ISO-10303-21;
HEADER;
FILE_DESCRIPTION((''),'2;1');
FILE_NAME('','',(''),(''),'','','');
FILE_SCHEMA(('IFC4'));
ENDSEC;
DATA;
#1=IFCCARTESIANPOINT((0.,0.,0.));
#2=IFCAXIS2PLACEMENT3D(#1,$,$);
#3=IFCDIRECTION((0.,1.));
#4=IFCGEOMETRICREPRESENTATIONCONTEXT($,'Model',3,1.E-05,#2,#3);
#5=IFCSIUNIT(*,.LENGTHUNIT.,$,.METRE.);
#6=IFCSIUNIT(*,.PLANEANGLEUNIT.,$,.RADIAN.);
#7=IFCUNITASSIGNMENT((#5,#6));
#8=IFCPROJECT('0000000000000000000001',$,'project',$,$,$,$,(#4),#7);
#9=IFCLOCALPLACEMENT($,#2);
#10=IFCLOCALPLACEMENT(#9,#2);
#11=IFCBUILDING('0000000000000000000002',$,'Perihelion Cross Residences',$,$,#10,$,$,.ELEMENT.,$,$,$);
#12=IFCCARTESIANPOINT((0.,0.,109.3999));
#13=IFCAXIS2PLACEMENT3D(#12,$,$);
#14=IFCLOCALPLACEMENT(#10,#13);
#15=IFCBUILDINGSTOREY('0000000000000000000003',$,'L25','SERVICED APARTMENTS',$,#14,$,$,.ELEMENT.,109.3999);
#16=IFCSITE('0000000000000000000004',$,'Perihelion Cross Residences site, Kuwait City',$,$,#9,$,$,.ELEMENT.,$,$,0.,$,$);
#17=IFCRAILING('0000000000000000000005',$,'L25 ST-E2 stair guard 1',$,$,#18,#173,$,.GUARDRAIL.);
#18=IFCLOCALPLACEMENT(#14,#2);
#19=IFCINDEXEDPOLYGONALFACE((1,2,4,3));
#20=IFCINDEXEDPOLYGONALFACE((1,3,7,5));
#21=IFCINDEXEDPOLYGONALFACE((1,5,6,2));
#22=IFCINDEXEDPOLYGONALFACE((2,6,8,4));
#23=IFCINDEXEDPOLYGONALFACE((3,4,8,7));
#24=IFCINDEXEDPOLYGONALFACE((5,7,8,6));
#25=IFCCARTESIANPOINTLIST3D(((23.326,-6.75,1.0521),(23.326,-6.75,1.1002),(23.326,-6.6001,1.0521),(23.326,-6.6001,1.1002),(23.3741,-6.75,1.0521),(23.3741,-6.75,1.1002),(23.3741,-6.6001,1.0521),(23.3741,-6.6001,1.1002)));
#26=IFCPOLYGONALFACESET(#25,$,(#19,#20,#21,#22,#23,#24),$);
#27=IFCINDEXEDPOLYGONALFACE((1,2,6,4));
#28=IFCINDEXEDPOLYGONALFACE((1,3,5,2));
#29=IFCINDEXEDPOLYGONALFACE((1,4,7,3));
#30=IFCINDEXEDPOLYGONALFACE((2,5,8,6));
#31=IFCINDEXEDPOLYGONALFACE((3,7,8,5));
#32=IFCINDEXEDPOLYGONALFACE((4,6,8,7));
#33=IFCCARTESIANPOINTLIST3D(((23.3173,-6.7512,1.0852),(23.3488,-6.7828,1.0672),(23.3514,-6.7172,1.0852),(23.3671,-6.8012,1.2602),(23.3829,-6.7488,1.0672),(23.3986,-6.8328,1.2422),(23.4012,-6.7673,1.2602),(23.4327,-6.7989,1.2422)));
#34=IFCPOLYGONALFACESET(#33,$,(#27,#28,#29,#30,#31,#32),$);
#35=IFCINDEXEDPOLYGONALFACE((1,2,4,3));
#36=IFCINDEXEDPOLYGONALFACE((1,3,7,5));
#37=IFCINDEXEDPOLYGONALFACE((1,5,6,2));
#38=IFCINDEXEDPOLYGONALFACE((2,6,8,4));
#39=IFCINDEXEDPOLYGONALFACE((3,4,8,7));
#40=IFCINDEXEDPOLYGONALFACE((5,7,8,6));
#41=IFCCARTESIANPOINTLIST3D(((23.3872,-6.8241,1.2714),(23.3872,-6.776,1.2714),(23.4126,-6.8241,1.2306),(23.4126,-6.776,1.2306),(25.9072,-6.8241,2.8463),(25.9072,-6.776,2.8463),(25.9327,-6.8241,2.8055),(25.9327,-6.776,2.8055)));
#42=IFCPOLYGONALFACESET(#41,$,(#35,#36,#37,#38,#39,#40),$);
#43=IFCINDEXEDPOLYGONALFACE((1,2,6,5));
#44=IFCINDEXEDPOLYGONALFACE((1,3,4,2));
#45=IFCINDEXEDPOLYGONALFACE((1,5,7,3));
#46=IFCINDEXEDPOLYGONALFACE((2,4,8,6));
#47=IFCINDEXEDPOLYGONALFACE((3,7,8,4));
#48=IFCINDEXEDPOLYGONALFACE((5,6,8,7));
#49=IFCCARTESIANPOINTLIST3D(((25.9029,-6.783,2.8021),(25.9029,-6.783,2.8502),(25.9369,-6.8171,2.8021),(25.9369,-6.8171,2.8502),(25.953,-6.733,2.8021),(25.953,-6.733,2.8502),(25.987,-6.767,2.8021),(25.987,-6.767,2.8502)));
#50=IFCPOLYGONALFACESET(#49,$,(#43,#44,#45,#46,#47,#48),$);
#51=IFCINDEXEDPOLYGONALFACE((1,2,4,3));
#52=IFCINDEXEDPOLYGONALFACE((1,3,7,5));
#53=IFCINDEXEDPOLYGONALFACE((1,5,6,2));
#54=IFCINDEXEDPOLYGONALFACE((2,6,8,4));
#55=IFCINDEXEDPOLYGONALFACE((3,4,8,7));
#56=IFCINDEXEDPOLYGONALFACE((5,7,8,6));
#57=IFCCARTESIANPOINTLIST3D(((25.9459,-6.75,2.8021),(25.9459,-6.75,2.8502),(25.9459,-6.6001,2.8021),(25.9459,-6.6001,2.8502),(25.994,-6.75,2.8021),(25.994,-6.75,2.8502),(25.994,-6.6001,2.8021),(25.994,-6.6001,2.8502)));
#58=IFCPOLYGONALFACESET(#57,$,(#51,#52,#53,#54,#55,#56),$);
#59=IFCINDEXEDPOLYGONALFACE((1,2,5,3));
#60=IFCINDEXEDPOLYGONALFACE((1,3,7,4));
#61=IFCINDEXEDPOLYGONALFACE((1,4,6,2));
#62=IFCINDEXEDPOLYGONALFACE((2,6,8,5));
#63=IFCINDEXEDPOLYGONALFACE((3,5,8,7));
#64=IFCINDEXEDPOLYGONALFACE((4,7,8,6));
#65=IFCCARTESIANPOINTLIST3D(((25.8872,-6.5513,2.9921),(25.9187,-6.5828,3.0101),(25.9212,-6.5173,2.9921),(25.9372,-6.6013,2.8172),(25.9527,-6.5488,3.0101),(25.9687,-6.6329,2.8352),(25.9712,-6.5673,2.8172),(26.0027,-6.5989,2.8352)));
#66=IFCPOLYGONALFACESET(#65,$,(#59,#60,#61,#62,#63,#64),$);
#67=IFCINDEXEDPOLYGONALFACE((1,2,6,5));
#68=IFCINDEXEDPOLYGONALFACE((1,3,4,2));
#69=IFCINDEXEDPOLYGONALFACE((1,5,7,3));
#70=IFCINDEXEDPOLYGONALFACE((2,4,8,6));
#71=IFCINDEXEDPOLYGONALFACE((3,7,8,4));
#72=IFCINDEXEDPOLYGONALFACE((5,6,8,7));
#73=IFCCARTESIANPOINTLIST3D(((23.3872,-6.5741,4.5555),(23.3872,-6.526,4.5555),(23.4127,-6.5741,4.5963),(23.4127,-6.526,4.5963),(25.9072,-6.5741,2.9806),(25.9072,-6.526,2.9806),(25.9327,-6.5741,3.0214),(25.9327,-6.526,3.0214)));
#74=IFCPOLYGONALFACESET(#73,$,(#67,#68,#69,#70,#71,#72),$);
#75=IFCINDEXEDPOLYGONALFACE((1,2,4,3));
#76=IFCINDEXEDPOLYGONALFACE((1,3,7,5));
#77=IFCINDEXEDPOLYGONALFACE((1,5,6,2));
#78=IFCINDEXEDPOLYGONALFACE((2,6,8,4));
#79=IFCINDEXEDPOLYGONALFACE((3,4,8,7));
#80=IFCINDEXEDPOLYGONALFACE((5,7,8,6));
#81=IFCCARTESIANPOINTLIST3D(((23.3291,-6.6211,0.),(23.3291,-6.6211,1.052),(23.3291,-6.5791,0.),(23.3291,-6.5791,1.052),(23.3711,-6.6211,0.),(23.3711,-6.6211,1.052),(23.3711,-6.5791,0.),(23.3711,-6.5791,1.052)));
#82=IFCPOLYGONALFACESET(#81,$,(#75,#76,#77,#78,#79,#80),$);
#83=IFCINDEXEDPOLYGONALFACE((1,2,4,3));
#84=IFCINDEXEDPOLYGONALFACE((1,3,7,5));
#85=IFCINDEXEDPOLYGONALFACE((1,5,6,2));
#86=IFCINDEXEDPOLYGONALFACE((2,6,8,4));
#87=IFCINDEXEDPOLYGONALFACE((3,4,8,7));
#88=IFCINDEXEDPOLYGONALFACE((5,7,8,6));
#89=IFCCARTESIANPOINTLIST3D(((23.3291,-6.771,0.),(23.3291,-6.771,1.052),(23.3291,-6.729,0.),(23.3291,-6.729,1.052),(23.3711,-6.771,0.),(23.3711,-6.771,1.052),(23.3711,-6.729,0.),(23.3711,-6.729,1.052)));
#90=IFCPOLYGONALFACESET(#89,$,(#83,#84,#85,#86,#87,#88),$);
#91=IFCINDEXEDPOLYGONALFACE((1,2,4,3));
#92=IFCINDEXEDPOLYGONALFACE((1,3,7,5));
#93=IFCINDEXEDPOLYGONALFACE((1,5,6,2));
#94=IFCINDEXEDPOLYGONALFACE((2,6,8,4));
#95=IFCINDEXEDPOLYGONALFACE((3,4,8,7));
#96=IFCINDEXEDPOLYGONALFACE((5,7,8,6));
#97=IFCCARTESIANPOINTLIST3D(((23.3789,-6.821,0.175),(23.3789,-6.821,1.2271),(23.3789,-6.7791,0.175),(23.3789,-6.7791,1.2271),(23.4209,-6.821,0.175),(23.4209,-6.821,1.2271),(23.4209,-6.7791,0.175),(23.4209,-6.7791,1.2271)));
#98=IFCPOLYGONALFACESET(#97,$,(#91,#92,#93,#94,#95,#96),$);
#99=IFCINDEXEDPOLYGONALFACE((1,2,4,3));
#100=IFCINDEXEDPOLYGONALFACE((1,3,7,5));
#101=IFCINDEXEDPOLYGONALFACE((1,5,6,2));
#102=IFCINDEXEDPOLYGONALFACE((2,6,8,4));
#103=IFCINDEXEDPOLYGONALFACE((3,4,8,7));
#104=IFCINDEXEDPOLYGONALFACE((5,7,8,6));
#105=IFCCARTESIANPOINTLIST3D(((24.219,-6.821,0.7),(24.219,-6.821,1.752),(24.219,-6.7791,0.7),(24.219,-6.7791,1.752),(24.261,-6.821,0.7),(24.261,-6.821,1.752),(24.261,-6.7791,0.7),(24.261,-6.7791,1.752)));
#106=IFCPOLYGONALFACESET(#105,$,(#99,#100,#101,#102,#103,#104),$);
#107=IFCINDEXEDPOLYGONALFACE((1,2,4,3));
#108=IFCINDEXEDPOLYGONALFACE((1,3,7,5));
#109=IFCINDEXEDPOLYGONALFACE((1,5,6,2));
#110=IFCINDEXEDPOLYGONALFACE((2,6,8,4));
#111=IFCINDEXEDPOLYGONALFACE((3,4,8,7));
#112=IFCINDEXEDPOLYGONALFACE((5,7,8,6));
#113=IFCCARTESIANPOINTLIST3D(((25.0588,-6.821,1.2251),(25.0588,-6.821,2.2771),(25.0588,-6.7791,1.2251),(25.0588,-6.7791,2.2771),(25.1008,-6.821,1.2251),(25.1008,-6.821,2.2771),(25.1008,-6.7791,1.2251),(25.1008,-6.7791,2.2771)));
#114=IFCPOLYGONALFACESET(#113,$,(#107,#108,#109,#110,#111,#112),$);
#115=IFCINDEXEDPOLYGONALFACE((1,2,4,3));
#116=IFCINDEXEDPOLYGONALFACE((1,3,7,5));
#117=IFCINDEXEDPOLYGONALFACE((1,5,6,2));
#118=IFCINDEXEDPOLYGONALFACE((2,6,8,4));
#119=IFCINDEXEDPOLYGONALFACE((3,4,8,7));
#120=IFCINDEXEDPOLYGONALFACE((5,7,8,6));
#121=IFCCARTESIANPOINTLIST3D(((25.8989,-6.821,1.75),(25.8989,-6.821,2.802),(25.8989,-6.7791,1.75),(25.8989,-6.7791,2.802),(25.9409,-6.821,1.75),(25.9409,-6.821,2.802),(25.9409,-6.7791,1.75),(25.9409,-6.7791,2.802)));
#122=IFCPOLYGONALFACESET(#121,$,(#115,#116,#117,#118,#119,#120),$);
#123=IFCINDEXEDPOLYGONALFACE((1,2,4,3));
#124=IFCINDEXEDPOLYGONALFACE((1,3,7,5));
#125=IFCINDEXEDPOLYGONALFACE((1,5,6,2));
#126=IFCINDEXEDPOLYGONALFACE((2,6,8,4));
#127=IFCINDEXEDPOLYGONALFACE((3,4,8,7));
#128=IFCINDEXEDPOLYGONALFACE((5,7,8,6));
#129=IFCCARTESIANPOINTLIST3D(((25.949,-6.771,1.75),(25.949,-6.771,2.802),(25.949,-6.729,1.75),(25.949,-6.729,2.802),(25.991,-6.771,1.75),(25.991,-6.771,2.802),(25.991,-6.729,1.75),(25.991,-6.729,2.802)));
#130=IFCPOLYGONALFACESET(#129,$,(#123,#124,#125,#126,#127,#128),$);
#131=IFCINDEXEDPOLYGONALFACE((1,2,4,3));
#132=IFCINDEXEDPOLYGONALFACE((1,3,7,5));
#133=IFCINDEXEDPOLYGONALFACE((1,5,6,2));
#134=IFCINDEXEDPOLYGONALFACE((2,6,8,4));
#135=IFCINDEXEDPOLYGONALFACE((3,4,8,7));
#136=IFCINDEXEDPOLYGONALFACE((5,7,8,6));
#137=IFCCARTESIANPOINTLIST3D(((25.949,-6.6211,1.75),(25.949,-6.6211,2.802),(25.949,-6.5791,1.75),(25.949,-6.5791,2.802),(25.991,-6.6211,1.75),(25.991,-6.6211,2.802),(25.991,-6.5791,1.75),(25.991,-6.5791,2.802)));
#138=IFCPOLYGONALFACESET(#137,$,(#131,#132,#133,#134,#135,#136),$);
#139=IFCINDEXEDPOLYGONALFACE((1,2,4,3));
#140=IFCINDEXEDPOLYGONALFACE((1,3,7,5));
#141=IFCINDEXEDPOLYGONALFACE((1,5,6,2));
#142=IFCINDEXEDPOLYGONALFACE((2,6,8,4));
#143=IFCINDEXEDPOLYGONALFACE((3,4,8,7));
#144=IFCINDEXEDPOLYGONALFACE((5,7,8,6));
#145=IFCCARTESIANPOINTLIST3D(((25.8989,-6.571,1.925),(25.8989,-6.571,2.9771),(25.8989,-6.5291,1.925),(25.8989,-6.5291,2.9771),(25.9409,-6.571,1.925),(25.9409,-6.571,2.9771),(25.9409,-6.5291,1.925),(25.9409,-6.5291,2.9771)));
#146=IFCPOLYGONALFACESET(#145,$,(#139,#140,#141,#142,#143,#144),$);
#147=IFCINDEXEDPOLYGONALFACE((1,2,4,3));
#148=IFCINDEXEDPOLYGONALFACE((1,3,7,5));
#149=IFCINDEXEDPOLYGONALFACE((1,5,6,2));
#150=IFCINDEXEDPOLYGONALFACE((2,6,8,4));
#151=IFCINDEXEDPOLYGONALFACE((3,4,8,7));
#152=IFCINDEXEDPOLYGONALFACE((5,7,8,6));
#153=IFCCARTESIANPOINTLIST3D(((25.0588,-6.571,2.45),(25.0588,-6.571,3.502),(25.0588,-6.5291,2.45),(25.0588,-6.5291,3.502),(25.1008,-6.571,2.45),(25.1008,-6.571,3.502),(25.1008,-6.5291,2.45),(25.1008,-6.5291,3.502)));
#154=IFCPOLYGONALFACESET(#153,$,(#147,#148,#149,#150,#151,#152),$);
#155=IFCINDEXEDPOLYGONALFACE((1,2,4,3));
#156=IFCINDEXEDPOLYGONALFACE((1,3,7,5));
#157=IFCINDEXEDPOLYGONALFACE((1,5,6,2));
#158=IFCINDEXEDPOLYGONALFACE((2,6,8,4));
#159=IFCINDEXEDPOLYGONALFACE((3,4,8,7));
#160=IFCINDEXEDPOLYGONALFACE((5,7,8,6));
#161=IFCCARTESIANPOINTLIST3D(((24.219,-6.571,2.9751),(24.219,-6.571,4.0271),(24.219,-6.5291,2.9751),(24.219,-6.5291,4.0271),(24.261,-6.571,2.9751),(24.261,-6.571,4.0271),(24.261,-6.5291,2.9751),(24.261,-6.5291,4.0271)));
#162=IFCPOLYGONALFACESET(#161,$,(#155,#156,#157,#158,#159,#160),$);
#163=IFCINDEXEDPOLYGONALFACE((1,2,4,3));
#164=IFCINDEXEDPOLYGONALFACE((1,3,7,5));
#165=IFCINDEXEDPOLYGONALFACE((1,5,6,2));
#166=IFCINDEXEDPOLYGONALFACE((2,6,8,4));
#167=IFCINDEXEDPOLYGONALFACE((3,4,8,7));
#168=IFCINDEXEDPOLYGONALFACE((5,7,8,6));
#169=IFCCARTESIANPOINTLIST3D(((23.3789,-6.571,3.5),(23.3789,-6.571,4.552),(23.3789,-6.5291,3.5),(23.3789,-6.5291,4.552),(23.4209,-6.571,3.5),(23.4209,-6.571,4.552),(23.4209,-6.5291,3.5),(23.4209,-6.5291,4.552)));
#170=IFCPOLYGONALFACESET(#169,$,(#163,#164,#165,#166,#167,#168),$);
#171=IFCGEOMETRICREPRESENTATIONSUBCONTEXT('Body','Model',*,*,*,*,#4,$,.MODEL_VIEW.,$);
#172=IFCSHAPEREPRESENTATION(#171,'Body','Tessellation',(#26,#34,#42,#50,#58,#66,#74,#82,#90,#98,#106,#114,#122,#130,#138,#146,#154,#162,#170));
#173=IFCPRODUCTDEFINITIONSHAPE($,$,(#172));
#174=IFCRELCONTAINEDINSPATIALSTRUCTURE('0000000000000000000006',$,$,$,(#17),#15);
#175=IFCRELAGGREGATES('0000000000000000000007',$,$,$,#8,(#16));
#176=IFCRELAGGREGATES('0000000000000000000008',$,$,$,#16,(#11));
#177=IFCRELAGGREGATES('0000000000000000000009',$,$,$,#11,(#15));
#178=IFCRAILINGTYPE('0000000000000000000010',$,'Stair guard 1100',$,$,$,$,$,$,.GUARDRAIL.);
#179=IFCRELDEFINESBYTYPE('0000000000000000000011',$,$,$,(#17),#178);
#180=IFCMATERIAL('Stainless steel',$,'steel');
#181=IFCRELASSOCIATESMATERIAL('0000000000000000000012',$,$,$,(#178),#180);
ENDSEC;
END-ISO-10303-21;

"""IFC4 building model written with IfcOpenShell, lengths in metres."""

from ifc_helpers import new_model, si_unit, direction, frame, origin, origin_2d, place, context, subcontext, project, spatial, rectangle, extrude, material, type_object, element, save


model = new_model("IFC4")

# Units and contexts
model_context = context("Model", 3, precision=1e-05, world=origin(), true_north=direction((0.0, 1.0)))
body_context = subcontext(model_context, "Body", "Model", "MODEL_VIEW")
ifc_project = project(units=[si_unit("LENGTHUNIT", "METRE"), si_unit("PLANEANGLEUNIT", "RADIAN")], contexts=[model_context])

# Site, building, storey
site_placement = place(None, origin())
site = spatial("IfcSite", under=ifc_project, at=site_placement, Name="Perihelion Cross Residences site, Kuwait City", CompositionType="ELEMENT", RefElevation=0.0)
building_placement = place(site_placement, origin())
building = spatial("IfcBuilding", under=site, at=building_placement, Name="Perihelion Cross Residences", CompositionType="ELEMENT")
storey_placement = place(building_placement, frame((0.0, 0.0, 109.3999)))
storey = spatial("IfcBuildingStorey", under=building, at=storey_placement, Name="L25", Description="SERVICED APARTMENTS", CompositionType="ELEMENT", Elevation=109.3999)

# Railing
ifc_material_1 = material(Name="Stainless steel", Category="steel")
railing_type_1 = type_object("IfcRailingType", Name="Stair guard 1100", PredefinedType="GUARDRAIL", material=ifc_material_1)
railing_1_placement = place(storey_placement, frame((23.3501, -6.6001, 0.0)))
element("IfcRailing", 1, at=railing_1_placement, inside=storey, type_object=railing_type_1, Name="L25 ST-E2 stair guard 1", PredefinedType="GUARDRAIL", context=body_context, shape_type="SweptSolid", body=[
    extrude(rectangle(XDim=0.0481, YDim=0.0481, at=origin_2d()), frame((0.0, 0.0, 1.0762), z_axis=(0.0, -1.0, 0.0), x_axis=(1.0, 0.0, 0.0)), (0.0, 0.0, 1.0), 0.1499),
    extrude(rectangle(XDim=0.0481, YDim=0.0481, at=origin_2d()), frame((0.0, -0.1499, 1.0762), z_axis=(0.263862, -0.265156, 0.927399), x_axis=(0.708834, 0.705376, 0.0)), (0.0, 0.0, 1.0), 0.1887),
    extrude(rectangle(XDim=0.0481, YDim=0.0481, at=origin_2d()), frame((0.0498, -0.2, 1.251), z_axis=(0.848008, 0.0, 0.529984), x_axis=(0.0, 1.0, 0.0)), (0.0, 0.0, 1.0), 2.9717),
    extrude(rectangle(XDim=0.0481, YDim=0.0481, at=origin_2d()), frame((2.5698, -0.2, 2.8262), z_axis=(0.707107, 0.707107, 0.0), x_axis=(-0.707107, 0.707107, 0.0)), (0.0, 0.0, 1.0), 0.0708),
    extrude(rectangle(XDim=0.0481, YDim=0.0481, at=origin_2d()), frame((2.6199, -0.1499, 2.8262), z_axis=(0.0, 1.0, 0.0), x_axis=(-1.0, 0.0, 0.0)), (0.0, 0.0, 1.0), 0.1499),
    extrude(rectangle(XDim=0.0481, YDim=0.0481, at=origin_2d()), frame((2.6199, 0.0, 2.8262), z_axis=(-0.265065, 0.265065, 0.927082), x_axis=(-0.707107, -0.707107, 0.0)), (0.0, 0.0, 1.0), 0.1887),
    extrude(rectangle(XDim=0.0481, YDim=0.0481, at=origin_2d()), frame((2.5698, 0.05, 3.001), z_axis=(-0.848008, 0.0, 0.529984), x_axis=(0.0, -1.0, 0.0)), (0.0, 0.0, 1.0), 2.9717),
    extrude(rectangle(XDim=0.042, YDim=0.042, at=origin_2d()), origin(), (0.0, 0.0, 1.0), 1.052),
    extrude(rectangle(XDim=0.042, YDim=0.042, at=origin_2d()), frame((0.0, -0.1499, 0.0)), (0.0, 0.0, 1.0), 1.052),
    extrude(rectangle(XDim=0.042, YDim=0.042, at=origin_2d()), frame((0.0498, -0.2, 0.175)), (0.0, 0.0, 1.0), 1.052),
    extrude(rectangle(XDim=0.042, YDim=0.042, at=origin_2d()), frame((0.8899, -0.2, 0.7)), (0.0, 0.0, 1.0), 1.052),
    extrude(rectangle(XDim=0.042, YDim=0.042, at=origin_2d()), frame((1.7297, -0.2, 1.2251)), (0.0, 0.0, 1.0), 1.052),
    extrude(rectangle(XDim=0.042, YDim=0.042, at=origin_2d()), frame((2.5698, -0.2, 1.75)), (0.0, 0.0, 1.0), 1.052),
    extrude(rectangle(XDim=0.042, YDim=0.042, at=origin_2d()), frame((2.6199, -0.1499, 1.75)), (0.0, 0.0, 1.0), 1.052),
    extrude(rectangle(XDim=0.042, YDim=0.042, at=origin_2d()), frame((2.6199, 0.0, 1.75)), (0.0, 0.0, 1.0), 1.052),
    extrude(rectangle(XDim=0.042, YDim=0.042, at=origin_2d()), frame((2.5698, 0.05, 1.925)), (0.0, 0.0, 1.0), 1.052),
    extrude(rectangle(XDim=0.042, YDim=0.042, at=origin_2d()), frame((1.7297, 0.05, 2.45)), (0.0, 0.0, 1.0), 1.052),
    extrude(rectangle(XDim=0.042, YDim=0.042, at=origin_2d()), frame((0.8899, 0.05, 2.9751)), (0.0, 0.0, 1.0), 1.052),
    extrude(rectangle(XDim=0.042, YDim=0.042, at=origin_2d()), frame((0.0498, 0.05, 3.5)), (0.0, 0.0, 1.0), 1.052),
])

save(model, "model.ifc")
